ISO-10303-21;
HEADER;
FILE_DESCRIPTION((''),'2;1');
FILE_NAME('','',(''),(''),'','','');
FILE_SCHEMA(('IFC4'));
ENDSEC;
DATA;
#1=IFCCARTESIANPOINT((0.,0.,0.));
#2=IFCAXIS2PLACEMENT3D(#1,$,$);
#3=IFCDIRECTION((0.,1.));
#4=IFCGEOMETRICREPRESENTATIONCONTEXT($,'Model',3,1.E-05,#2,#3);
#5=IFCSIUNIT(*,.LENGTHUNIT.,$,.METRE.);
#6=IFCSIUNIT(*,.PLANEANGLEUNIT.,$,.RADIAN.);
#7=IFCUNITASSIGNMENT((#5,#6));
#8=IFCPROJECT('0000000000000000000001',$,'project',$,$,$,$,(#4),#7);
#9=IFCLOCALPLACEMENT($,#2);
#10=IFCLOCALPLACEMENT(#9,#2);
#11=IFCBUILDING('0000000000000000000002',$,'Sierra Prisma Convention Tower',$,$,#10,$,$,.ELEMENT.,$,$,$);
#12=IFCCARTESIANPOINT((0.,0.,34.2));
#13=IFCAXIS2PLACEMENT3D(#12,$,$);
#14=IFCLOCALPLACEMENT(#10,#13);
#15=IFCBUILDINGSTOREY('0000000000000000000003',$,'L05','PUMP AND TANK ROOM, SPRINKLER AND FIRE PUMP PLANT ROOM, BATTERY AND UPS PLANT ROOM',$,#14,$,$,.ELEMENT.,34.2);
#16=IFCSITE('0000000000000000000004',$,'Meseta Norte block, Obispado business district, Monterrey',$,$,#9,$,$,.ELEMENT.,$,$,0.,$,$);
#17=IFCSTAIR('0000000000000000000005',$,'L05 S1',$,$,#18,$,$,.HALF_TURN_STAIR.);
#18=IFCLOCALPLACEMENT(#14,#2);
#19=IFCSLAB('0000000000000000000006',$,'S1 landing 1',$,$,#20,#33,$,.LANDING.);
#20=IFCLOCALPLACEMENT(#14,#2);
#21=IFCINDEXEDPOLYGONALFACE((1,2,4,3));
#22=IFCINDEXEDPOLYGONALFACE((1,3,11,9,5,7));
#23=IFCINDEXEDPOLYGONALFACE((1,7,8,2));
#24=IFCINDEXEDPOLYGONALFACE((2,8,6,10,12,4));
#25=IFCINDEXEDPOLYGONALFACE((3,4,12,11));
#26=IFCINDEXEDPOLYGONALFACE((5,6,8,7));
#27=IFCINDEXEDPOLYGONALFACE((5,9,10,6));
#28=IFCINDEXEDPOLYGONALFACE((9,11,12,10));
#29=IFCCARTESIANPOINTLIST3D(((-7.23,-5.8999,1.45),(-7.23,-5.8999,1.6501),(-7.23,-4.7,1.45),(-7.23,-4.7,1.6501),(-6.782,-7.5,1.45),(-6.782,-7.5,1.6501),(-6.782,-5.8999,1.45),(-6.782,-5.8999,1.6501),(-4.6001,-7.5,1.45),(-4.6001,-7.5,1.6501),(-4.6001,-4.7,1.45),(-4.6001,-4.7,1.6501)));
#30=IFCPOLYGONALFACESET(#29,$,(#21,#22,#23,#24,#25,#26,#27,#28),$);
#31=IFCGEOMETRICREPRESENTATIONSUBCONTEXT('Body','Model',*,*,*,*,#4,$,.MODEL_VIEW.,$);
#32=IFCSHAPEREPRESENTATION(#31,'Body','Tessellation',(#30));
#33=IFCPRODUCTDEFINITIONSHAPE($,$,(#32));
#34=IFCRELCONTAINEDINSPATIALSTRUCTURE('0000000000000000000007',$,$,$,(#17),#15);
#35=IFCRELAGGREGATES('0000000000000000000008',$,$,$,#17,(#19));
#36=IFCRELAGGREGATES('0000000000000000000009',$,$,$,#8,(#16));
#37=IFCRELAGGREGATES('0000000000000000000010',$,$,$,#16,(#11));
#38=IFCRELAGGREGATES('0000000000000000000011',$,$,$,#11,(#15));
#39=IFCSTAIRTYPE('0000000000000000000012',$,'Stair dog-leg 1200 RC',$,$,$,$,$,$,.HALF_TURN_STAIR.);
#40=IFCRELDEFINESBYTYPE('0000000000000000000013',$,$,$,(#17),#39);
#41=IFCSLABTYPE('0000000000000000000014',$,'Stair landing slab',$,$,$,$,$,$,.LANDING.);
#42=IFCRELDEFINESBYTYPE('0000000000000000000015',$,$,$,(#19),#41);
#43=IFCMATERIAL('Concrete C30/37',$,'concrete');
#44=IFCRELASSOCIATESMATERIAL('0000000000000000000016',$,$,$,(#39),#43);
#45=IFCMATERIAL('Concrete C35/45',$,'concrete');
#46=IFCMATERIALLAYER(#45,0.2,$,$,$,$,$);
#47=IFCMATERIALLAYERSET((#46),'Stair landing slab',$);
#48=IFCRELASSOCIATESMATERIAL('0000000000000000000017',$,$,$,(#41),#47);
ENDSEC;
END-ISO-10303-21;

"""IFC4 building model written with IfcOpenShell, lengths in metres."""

from ifc_helpers import new_model, si_unit, direction, frame, origin, place, context, subcontext, project, spatial, polyline, outline, extrude, material, layer, layer_set, type_object, element, aggregate, save


model = new_model("IFC4")

# Units and contexts
model_context = context("Model", 3, precision=1e-05, world=origin(), true_north=direction((0.0, 1.0)))
body_context = subcontext(model_context, "Body", "Model", "MODEL_VIEW")
ifc_project = project(units=[si_unit("LENGTHUNIT", "METRE"), si_unit("PLANEANGLEUNIT", "RADIAN")], contexts=[model_context])

# Site, building, storey
site_placement = place(None, origin())
site = spatial("IfcSite", under=ifc_project, at=site_placement, Name="Meseta Norte block, Obispado business district, Monterrey", CompositionType="ELEMENT", RefElevation=0.0)
building_placement = place(site_placement, origin())
building = spatial("IfcBuilding", under=site, at=building_placement, Name="Sierra Prisma Convention Tower", CompositionType="ELEMENT")
storey_placement = place(building_placement, frame((0.0, 0.0, 34.2)))
storey = spatial("IfcBuildingStorey", under=building, at=storey_placement, Name="L05", Description="PUMP AND TANK ROOM, SPRINKLER AND FIRE PUMP PLANT ROOM, BATTERY AND UPS PLANT ROOM", CompositionType="ELEMENT", Elevation=34.2)

# Stair, slab
ifc_material_1 = material(Name="Concrete C30/37", Category="concrete")
stair_type = type_object("IfcStairType", Name="Stair dog-leg 1200 RC", PredefinedType="HALF_TURN_STAIR", material=ifc_material_1)
stair_placement = place(storey_placement, origin())
stair = element("IfcStair", 1, at=stair_placement, inside=storey, type_object=stair_type, Name="L05 S1", PredefinedType="HALF_TURN_STAIR")
ifc_material_2 = material(Name="Concrete C35/45", Category="concrete")
ifc_layer_1 = layer(ifc_material_2, 0.2)
ifc_layer_set_1 = layer_set([ifc_layer_1], Name="Stair landing slab")
slab_type_1 = type_object("IfcSlabType", Name="Stair landing slab", PredefinedType="LANDING", material=ifc_layer_set_1)
slab_1_placement = place(storey_placement, frame((0.0, 0.0, 1.45)))
slab_1 = element("IfcSlab", 2, at=slab_1_placement, type_object=slab_type_1, Name="S1 landing 1", PredefinedType="LANDING", context=body_context, shape_type="SweptSolid", body=[
    extrude(outline(polyline([(-4.6001, -4.7), (-4.6001, -7.5), (-6.782, -7.5), (-6.782, -5.8999), (-7.23, -5.8999), (-7.23, -4.7), (-4.6001, -4.7)])), origin(), (0.0, 0.0, 1.0), 0.2002),
])
aggregate(stair, [slab_1])

save(model, "model.ifc")
